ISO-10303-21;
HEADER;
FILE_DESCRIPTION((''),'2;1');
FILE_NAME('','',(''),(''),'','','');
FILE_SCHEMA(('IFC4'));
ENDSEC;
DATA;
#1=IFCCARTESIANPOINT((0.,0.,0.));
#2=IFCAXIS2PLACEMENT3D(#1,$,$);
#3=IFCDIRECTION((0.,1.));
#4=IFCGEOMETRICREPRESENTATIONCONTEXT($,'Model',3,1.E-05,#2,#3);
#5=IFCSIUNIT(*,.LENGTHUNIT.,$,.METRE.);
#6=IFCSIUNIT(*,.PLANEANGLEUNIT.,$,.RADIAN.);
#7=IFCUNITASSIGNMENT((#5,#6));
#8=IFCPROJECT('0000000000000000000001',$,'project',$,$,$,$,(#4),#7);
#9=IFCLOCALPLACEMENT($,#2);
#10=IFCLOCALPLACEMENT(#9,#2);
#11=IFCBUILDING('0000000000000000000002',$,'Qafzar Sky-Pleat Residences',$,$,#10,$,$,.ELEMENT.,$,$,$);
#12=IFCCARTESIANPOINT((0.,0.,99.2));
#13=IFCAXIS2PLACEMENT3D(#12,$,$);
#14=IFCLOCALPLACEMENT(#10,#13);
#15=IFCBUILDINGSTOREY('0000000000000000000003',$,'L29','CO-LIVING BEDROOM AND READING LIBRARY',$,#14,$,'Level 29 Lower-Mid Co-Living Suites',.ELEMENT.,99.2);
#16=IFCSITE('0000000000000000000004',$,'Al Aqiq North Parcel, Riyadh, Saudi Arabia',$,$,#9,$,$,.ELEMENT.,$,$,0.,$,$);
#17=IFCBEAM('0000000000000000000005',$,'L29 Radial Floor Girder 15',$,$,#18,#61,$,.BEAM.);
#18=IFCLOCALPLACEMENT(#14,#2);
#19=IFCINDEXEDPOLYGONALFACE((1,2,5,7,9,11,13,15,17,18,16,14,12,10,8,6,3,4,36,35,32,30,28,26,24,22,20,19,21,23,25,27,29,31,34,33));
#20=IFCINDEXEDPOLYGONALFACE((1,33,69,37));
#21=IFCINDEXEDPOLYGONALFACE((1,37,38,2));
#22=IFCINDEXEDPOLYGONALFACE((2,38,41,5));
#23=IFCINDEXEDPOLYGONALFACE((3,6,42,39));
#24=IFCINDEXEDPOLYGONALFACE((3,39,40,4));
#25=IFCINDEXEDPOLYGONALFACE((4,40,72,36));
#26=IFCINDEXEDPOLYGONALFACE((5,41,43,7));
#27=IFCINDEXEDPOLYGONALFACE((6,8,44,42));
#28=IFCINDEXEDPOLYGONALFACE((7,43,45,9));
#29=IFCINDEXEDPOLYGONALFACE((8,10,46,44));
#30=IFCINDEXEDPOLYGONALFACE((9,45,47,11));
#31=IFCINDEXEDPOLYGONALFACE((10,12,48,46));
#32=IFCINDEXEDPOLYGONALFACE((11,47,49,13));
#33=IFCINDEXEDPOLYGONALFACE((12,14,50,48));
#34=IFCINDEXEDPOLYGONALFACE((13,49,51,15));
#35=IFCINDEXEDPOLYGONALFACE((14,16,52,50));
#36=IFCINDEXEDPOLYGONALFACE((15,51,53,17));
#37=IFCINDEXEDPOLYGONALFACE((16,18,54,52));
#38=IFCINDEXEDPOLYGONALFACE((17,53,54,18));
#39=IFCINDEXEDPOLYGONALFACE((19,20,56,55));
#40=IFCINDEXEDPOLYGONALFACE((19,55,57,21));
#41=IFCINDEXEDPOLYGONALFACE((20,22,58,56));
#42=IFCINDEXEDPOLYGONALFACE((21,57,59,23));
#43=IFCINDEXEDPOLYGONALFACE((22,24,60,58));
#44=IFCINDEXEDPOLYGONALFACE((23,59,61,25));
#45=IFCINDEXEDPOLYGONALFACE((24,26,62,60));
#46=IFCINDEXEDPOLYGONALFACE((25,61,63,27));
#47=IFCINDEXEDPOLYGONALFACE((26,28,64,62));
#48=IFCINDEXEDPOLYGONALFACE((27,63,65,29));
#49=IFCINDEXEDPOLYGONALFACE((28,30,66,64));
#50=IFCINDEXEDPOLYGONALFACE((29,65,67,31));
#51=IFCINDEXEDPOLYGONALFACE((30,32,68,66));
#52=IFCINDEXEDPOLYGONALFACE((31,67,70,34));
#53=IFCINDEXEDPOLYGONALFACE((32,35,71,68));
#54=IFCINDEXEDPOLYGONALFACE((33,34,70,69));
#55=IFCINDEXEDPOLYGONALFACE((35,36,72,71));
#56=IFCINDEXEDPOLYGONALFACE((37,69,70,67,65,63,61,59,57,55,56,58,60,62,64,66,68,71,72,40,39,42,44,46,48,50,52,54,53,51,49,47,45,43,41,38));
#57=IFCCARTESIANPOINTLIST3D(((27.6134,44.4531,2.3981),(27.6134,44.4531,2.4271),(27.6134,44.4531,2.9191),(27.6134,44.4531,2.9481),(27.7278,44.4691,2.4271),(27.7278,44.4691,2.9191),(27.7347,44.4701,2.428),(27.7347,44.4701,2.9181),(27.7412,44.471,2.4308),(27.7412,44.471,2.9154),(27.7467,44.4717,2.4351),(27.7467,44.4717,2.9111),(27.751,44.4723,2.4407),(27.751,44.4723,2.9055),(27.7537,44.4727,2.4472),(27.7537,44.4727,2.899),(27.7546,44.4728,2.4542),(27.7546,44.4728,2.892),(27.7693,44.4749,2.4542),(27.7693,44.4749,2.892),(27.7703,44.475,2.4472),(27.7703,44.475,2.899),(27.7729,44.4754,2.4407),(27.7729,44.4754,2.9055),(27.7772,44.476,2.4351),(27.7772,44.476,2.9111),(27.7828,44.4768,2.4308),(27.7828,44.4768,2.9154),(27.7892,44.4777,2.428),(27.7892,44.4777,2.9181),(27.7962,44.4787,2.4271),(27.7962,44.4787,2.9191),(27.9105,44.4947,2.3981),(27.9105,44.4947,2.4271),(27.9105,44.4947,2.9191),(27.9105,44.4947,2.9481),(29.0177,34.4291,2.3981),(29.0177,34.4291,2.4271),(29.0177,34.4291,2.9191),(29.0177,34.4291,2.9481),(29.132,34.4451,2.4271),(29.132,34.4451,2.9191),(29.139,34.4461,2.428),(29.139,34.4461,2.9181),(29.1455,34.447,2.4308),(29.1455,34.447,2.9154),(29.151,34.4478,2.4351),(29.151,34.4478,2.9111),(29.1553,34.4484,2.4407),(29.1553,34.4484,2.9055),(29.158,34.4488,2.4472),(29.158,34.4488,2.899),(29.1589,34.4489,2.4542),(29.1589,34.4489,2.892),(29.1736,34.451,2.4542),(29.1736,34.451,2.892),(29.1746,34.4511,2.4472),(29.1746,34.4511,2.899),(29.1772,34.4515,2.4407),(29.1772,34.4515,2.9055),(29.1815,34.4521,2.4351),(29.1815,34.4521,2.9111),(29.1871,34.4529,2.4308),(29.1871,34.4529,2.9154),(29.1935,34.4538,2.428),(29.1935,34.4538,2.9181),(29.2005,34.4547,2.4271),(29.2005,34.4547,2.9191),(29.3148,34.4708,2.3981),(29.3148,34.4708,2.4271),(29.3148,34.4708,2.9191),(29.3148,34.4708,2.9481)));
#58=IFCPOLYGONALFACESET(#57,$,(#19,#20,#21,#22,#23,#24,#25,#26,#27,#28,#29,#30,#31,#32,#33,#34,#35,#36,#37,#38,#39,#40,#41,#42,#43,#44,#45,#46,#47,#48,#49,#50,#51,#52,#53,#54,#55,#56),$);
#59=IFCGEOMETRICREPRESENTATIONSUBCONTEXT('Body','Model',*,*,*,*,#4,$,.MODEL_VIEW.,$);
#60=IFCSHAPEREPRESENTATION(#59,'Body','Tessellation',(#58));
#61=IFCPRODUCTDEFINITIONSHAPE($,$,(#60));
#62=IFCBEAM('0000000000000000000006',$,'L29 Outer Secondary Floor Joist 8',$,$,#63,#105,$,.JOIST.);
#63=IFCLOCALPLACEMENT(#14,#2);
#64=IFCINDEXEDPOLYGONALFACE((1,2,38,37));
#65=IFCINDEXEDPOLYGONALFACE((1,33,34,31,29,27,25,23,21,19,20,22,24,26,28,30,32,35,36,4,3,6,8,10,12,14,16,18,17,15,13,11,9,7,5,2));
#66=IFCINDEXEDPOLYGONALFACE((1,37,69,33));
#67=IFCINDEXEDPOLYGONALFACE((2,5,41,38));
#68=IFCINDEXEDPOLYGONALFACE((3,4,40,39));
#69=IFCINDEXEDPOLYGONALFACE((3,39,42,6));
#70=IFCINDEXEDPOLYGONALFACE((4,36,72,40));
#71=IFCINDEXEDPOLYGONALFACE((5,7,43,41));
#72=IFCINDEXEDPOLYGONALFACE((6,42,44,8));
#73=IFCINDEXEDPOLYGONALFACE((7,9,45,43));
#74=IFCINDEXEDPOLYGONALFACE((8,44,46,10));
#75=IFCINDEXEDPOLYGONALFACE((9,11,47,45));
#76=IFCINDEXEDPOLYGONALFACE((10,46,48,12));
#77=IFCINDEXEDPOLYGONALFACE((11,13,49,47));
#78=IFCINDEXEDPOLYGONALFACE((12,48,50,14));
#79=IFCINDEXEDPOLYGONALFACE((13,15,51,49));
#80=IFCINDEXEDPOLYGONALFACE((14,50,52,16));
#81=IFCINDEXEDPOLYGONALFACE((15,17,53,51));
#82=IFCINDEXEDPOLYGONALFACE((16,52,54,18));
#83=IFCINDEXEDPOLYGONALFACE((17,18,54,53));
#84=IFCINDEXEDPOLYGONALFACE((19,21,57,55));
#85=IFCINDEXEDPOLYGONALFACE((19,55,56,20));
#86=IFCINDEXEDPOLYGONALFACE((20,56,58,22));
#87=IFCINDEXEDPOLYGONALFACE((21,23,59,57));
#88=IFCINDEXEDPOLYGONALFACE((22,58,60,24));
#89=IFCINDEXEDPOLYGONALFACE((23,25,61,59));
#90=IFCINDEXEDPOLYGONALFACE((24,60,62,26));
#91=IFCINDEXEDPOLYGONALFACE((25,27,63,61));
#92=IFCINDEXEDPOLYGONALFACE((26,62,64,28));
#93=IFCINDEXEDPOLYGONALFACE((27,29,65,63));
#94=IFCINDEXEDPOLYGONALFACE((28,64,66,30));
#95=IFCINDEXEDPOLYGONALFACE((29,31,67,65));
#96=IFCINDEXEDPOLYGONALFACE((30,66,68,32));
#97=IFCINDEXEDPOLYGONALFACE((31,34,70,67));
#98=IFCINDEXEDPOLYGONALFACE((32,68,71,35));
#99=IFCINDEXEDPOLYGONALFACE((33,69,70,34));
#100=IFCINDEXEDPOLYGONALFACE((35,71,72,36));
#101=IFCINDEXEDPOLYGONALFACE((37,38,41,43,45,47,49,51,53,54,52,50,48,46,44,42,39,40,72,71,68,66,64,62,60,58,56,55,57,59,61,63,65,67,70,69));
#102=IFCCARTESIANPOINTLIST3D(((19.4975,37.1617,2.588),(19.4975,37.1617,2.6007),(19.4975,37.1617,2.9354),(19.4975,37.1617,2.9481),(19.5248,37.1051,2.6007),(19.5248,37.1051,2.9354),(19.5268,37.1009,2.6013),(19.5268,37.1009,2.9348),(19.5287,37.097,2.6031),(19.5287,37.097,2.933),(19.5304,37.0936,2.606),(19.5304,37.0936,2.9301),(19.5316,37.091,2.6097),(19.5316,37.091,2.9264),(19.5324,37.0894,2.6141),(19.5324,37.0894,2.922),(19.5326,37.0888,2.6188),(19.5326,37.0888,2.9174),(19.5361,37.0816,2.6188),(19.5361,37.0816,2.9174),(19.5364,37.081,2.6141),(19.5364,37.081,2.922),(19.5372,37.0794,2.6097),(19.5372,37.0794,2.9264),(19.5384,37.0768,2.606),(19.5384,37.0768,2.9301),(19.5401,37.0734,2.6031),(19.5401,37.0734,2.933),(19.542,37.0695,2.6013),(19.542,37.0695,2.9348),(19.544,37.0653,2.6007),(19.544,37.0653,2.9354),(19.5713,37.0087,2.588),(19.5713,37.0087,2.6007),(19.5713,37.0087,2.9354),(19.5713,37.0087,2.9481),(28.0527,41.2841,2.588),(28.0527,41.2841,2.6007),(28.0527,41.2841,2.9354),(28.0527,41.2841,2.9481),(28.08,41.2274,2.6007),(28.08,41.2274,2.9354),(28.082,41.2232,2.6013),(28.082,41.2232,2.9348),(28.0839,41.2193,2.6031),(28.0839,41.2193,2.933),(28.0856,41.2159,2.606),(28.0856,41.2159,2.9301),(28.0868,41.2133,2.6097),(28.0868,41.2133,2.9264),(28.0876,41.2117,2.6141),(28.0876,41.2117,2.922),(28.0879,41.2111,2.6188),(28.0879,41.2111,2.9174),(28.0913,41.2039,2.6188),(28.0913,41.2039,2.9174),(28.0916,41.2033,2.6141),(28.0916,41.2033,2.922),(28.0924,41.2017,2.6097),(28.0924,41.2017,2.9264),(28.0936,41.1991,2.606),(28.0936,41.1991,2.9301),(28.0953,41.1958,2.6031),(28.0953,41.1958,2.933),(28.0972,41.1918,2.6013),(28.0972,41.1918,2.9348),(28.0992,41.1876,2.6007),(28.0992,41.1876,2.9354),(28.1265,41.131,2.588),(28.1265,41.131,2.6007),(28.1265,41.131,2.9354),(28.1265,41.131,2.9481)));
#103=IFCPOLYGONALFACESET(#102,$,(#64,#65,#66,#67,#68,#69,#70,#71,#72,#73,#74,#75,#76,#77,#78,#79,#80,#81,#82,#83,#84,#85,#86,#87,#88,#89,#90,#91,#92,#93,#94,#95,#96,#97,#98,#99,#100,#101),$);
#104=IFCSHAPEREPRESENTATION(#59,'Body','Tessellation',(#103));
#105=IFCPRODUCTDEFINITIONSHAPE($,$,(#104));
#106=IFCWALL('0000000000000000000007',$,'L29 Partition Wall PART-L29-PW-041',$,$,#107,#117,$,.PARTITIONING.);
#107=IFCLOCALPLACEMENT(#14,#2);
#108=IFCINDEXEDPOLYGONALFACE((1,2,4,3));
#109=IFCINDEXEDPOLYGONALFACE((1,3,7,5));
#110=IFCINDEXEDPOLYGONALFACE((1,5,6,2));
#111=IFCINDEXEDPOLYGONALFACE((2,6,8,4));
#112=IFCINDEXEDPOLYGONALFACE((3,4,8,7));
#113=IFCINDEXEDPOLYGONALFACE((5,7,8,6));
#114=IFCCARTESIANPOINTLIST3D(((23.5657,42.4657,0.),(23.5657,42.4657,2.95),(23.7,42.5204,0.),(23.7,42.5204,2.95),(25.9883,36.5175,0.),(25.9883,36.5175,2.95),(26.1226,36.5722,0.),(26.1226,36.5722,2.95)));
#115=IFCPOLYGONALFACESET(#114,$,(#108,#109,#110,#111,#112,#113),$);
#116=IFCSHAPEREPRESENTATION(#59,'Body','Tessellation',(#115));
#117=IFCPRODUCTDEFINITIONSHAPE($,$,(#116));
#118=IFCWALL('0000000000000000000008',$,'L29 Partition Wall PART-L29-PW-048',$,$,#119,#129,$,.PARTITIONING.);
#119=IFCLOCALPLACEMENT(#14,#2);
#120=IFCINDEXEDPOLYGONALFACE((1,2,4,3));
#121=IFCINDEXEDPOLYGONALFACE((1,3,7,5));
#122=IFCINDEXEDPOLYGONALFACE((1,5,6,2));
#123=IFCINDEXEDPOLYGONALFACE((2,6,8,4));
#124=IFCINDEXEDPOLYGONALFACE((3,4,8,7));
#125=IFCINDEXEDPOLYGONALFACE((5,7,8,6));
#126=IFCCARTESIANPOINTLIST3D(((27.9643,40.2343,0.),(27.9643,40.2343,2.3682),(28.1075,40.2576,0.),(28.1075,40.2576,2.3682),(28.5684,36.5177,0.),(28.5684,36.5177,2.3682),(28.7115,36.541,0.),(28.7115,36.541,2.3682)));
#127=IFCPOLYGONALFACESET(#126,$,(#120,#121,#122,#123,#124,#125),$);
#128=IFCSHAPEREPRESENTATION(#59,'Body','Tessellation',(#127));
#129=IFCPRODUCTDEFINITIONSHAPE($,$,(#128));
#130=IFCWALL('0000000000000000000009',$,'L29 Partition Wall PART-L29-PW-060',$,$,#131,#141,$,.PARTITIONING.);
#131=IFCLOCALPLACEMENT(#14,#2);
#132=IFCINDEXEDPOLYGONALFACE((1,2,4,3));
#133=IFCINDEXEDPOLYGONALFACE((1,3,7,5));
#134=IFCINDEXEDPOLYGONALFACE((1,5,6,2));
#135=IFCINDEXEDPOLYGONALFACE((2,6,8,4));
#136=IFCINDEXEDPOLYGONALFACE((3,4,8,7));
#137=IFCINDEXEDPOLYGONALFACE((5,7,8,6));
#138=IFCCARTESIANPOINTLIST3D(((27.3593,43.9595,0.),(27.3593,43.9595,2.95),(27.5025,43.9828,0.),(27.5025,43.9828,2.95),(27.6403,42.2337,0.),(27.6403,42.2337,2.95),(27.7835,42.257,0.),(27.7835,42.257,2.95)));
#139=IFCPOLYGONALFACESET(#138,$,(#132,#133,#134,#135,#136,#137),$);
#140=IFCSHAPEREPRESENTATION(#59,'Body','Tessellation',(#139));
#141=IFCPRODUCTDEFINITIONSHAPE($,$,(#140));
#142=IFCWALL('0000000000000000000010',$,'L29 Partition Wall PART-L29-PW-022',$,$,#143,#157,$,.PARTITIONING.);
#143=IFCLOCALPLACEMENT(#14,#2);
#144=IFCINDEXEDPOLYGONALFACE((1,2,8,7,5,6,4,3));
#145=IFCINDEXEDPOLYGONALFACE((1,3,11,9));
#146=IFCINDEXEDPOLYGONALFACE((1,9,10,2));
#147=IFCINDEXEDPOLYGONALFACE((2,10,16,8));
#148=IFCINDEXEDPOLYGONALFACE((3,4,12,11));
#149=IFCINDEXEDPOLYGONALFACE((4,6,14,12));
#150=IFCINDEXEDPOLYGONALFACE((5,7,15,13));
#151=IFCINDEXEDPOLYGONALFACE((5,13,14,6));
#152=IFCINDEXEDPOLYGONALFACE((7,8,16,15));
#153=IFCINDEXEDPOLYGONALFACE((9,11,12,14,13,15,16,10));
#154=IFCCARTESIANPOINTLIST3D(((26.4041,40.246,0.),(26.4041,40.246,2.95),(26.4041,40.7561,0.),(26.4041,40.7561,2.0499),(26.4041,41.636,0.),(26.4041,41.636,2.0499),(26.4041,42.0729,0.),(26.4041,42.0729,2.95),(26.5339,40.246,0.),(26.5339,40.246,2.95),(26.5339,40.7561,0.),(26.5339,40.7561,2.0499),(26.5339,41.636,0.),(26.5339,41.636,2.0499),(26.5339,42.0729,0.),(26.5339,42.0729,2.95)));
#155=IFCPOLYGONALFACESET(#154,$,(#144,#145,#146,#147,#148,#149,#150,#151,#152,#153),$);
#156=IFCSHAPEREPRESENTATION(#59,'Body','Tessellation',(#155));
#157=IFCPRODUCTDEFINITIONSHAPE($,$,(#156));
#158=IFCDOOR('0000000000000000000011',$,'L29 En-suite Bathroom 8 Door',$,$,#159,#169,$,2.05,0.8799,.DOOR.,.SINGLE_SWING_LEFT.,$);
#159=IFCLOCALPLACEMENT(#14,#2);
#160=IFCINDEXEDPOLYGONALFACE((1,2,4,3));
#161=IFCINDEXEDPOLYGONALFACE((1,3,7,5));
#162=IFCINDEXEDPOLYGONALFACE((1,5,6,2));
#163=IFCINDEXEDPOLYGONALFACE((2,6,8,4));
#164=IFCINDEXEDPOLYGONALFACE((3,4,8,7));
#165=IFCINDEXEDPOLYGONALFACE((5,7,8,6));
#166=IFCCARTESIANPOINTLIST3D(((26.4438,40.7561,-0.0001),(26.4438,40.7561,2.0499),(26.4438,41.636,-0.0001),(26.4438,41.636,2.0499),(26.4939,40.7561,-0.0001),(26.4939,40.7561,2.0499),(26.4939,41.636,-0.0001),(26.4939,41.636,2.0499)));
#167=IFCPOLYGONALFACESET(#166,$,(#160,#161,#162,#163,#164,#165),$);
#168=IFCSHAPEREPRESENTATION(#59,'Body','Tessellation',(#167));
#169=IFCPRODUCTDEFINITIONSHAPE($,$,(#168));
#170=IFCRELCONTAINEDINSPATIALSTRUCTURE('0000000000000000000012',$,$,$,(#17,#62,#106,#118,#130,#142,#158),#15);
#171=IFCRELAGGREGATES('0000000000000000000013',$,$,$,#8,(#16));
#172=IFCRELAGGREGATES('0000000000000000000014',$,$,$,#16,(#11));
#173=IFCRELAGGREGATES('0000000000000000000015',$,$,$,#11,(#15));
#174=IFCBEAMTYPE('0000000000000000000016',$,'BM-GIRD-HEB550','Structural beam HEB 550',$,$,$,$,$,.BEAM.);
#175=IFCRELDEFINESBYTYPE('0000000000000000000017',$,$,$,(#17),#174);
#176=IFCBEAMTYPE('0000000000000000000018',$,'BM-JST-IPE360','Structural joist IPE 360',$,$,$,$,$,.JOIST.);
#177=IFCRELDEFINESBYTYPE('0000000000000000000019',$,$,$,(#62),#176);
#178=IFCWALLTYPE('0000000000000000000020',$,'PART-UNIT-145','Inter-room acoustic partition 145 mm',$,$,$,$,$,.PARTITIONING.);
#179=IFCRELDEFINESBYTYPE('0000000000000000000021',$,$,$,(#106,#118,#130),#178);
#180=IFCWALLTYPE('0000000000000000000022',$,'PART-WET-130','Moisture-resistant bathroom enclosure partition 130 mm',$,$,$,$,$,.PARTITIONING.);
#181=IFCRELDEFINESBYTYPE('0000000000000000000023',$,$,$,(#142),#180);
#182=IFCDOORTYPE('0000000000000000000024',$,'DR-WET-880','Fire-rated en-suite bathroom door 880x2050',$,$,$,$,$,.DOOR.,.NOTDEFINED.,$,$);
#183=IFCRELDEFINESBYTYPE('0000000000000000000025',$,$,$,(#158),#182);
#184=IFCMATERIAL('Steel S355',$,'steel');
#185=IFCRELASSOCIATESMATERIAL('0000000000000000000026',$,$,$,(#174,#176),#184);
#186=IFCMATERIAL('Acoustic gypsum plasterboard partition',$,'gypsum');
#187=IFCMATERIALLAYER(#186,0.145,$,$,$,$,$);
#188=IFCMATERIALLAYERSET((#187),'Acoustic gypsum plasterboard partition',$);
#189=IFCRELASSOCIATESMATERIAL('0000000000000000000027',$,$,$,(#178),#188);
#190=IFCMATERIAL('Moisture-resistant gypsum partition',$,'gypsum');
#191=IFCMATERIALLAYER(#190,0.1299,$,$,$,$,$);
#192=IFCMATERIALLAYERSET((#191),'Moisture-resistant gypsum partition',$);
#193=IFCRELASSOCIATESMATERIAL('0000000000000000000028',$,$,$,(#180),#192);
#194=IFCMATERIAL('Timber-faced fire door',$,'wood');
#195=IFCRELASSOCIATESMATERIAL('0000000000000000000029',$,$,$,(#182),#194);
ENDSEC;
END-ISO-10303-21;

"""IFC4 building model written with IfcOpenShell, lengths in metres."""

from ifc_helpers import new_model, si_unit, direction, frame, frame_2d, origin, origin_2d, place, context, subcontext, project, spatial, rectangle, i_section, extrude, source, transform, mapped, material, layer, layer_set, material_profile, profile_set, type_object, element, fill, save


model = new_model("IFC4")

# Units and contexts
model_context = context("Model", 3, precision=1e-05, world=origin(), true_north=direction((0.0, 1.0)))
body_context = subcontext(model_context, "Body", "Model", "MODEL_VIEW")
ifc_project = project(units=[si_unit("LENGTHUNIT", "METRE"), si_unit("PLANEANGLEUNIT", "RADIAN")], contexts=[model_context])

# Site, building, storey
site_placement = place(None, origin())
site = spatial("IfcSite", under=ifc_project, at=site_placement, Name="Al Aqiq North Parcel, Riyadh, Saudi Arabia", CompositionType="ELEMENT", RefElevation=0.0)
building_placement = place(site_placement, origin())
building = spatial("IfcBuilding", under=site, at=building_placement, Name="Qafzar Sky-Pleat Residences", CompositionType="ELEMENT")
storey_placement = place(building_placement, frame((0.0, 0.0, 99.2)))
storey = spatial("IfcBuildingStorey", under=building, at=storey_placement, Name="L29", Description="CO-LIVING BEDROOM AND READING LIBRARY", LongName="Level 29 Lower-Mid Co-Living Suites", CompositionType="ELEMENT", Elevation=99.2)

# Beams
ifc_material_1 = material(Name="Steel S355", Category="steel")
ifc_material_profile_1 = material_profile(ifc_material_1, i_section(OverallWidth=0.3, OverallDepth=0.55, WebThickness=0.0149, FlangeThickness=0.0291, FilletRadius=0.0271, at=origin_2d()), Name="HEB 550")
ifc_profile_set_1 = profile_set([ifc_material_profile_1], Name="Steel S355")
beam_type_1 = type_object("IfcBeamType", Name="BM-GIRD-HEB550", Description="Structural beam HEB 550", PredefinedType="BEAM", material=ifc_profile_set_1)
shared_shape_1 = source(origin(), body_context, "Body", "SweptSolid", [
    extrude(i_section(OverallWidth=0.3, OverallDepth=0.55, WebThickness=0.0149, FlangeThickness=0.0291, FilletRadius=0.0271, at=origin_2d()), origin(), (0.0, 0.0, 1.0), 10.1218),
])
beam_1_placement = place(storey_placement, frame((27.762, 44.4739, 2.6731), z_axis=(0.13874, -0.990329, 0.0), x_axis=(0.990329, 0.13874, 0.0)))
element("IfcBeam", 1, at=beam_1_placement, inside=storey, type_object=beam_type_1, Name="L29 Radial Floor Girder 15", PredefinedType="BEAM", context=body_context, shape_type="MappedRepresentation", body=[
    mapped(shared_shape_1, transform((0.0, 0.0, 0.0), x_axis=(1.0, 0.0, 0.0), y_axis=(0.0, 1.0, 0.0), z_axis=(0.0, 0.0, 1.0), scale=1.0)),
])
ifc_material_profile_2 = material_profile(ifc_material_1, i_section(OverallWidth=0.1699, OverallDepth=0.3601, WebThickness=0.0081, FlangeThickness=0.0127, FilletRadius=0.0181, at=origin_2d()), Name="IPE 360")
ifc_profile_set_2 = profile_set([ifc_material_profile_2], Name="Steel S355")
beam_type_2 = type_object("IfcBeamType", Name="BM-JST-IPE360", Description="Structural joist IPE 360", PredefinedType="JOIST", material=ifc_profile_set_2)
shared_shape_2 = source(origin(), body_context, "Body", "SweptSolid", [
    extrude(i_section(OverallWidth=0.1699, OverallDepth=0.3601, WebThickness=0.0081, FlangeThickness=0.0127, FilletRadius=0.0181, at=origin_2d()), origin(), (0.0, 0.0, 1.0), 9.4966),
])
beam_2_placement = place(storey_placement, frame((28.0896, 41.2075, 2.7681), z_axis=(-0.900872, -0.434085, 0.0), x_axis=(0.434085, -0.900872, 0.0)))
element("IfcBeam", 2, at=beam_2_placement, inside=storey, type_object=beam_type_2, Name="L29 Outer Secondary Floor Joist 8", PredefinedType="JOIST", context=body_context, shape_type="MappedRepresentation", body=[
    mapped(shared_shape_2, transform((0.0, 0.0, 0.0), x_axis=(1.0, 0.0, 0.0), y_axis=(0.0, 1.0, 0.0), z_axis=(0.0, 0.0, 1.0), scale=1.0)),
])

# Walls
ifc_material_2 = material(Name="Acoustic gypsum plasterboard partition", Category="gypsum")
ifc_layer_1 = layer(ifc_material_2, 0.145)
ifc_layer_set_1 = layer_set([ifc_layer_1], Name="Acoustic gypsum plasterboard partition")
wall_type_1 = type_object("IfcWallType", Name="PART-UNIT-145", Description="Inter-room acoustic partition 145 mm", PredefinedType="PARTITIONING", material=ifc_layer_set_1)
wall_1_placement = place(storey_placement, frame((23.6328, 42.4932, 0.0), z_axis=(0.0, 0.0, 1.0), x_axis=(0.377197, -0.926133, 0.0)))
element("IfcWall", 3, at=wall_1_placement, inside=storey, type_object=wall_type_1, Name="L29 Partition Wall PART-L29-PW-041", PredefinedType="PARTITIONING", context=body_context, shape_type="SweptSolid", body=[
    extrude(rectangle(XDim=6.4226, YDim=0.145, at=frame_2d((3.2114, 0.0))), origin(), (0.0, 0.0, 1.0), 2.95),
])
wall_2_placement = place(storey_placement, frame((28.0359, 40.2461, 0.0), z_axis=(0.0, 0.0, 1.0), x_axis=(0.160413, -0.98705, 0.0)))
element("IfcWall", 4, at=wall_2_placement, inside=storey, type_object=wall_type_1, Name="L29 Partition Wall PART-L29-PW-048", PredefinedType="PARTITIONING", context=body_context, shape_type="SweptSolid", body=[
    extrude(rectangle(XDim=3.7654, YDim=0.145, at=frame_2d((1.8828, 0.0))), origin(), (0.0, 0.0, 1.0), 2.3682),
])
wall_3_placement = place(storey_placement, frame((27.4309, 43.9712, 0.0), z_axis=(0.0, 0.0, 1.0), x_axis=(0.160707, -0.987002, 0.0)))
element("IfcWall", 5, at=wall_3_placement, inside=storey, type_object=wall_type_1, Name="L29 Partition Wall PART-L29-PW-060", PredefinedType="PARTITIONING", context=body_context, shape_type="SweptSolid", body=[
    extrude(rectangle(XDim=1.7485, YDim=0.145, at=frame_2d((0.8743, 0.0))), origin(), (0.0, 0.0, 1.0), 2.95),
])

# Wall, opening, door
ifc_material_3 = material(Name="Moisture-resistant gypsum partition", Category="gypsum")
ifc_layer_2 = layer(ifc_material_3, 0.1299)
ifc_layer_set_2 = layer_set([ifc_layer_2], Name="Moisture-resistant gypsum partition")
wall_type_2 = type_object("IfcWallType", Name="PART-WET-130", Description="Moisture-resistant bathroom enclosure partition 130 mm", PredefinedType="PARTITIONING", material=ifc_layer_set_2)
wall_4_placement = place(storey_placement, frame((26.469, 42.073, 0.0), z_axis=(0.0, 0.0, 1.0), x_axis=(0.0, -1.0, 0.0)))
wall_4 = element("IfcWall", 6, at=wall_4_placement, inside=storey, type_object=wall_type_2, Name="L29 Partition Wall PART-L29-PW-022", PredefinedType="PARTITIONING", context=body_context, shape_type="SweptSolid", body=[
    extrude(rectangle(XDim=1.8269, YDim=0.1299, at=frame_2d((0.9136, 0.0))), origin(), (0.0, 0.0, 1.0), 2.95),
])
opening_1_placement = place(wall_4_placement, frame((0.437, 0.0, 0.0)))
opening_1 = element("IfcOpeningElement", 7, at=opening_1_placement, cuts=wall_4, PredefinedType="OPENING", context=body_context, shape_type="SweptSolid", body=[
    extrude(rectangle(XDim=0.8799, YDim=2.05, at=frame_2d((0.4399, 1.0249))), frame((0.0, 0.075, 0.0), z_axis=(0.0, -1.0, 0.0), x_axis=(1.0, 0.0, 0.0)), (0.0, 0.0, 1.0), 0.1499),
])
ifc_material_4 = material(Name="Timber-faced fire door", Category="wood")
door_type = type_object("IfcDoorType", Name="DR-WET-880", Description="Fire-rated en-suite bathroom door 880x2050", OperationType="NOTDEFINED", PredefinedType="DOOR", material=ifc_material_4)
shared_shape_3 = source(origin(), body_context, "Body", "SweptSolid", [
    extrude(rectangle(XDim=0.8799, YDim=2.05, at=frame_2d((0.4399, 1.0249))), frame((0.0, 0.0249, 0.0), z_axis=(0.0, -1.0, 0.0), x_axis=(1.0, 0.0, 0.0)), (0.0, 0.0, 1.0), 0.05),
])
door_1_placement = place(opening_1_placement, origin())
door_1 = element("IfcDoor", 8, at=door_1_placement, inside=storey, type_object=door_type, Name="L29 En-suite Bathroom 8 Door", OperationType="SINGLE_SWING_LEFT", OverallHeight=2.05, OverallWidth=0.8799, PredefinedType="DOOR", context=body_context, shape_type="MappedRepresentation", body=[
    mapped(shared_shape_3, transform((0.0, 0.0, 0.0), x_axis=(1.0, 0.0, 0.0), y_axis=(0.0, 1.0, 0.0), z_axis=(0.0, 0.0, 1.0), scale=1.0)),
])
fill(opening_1, door_1)

save(model, "model.ifc")
